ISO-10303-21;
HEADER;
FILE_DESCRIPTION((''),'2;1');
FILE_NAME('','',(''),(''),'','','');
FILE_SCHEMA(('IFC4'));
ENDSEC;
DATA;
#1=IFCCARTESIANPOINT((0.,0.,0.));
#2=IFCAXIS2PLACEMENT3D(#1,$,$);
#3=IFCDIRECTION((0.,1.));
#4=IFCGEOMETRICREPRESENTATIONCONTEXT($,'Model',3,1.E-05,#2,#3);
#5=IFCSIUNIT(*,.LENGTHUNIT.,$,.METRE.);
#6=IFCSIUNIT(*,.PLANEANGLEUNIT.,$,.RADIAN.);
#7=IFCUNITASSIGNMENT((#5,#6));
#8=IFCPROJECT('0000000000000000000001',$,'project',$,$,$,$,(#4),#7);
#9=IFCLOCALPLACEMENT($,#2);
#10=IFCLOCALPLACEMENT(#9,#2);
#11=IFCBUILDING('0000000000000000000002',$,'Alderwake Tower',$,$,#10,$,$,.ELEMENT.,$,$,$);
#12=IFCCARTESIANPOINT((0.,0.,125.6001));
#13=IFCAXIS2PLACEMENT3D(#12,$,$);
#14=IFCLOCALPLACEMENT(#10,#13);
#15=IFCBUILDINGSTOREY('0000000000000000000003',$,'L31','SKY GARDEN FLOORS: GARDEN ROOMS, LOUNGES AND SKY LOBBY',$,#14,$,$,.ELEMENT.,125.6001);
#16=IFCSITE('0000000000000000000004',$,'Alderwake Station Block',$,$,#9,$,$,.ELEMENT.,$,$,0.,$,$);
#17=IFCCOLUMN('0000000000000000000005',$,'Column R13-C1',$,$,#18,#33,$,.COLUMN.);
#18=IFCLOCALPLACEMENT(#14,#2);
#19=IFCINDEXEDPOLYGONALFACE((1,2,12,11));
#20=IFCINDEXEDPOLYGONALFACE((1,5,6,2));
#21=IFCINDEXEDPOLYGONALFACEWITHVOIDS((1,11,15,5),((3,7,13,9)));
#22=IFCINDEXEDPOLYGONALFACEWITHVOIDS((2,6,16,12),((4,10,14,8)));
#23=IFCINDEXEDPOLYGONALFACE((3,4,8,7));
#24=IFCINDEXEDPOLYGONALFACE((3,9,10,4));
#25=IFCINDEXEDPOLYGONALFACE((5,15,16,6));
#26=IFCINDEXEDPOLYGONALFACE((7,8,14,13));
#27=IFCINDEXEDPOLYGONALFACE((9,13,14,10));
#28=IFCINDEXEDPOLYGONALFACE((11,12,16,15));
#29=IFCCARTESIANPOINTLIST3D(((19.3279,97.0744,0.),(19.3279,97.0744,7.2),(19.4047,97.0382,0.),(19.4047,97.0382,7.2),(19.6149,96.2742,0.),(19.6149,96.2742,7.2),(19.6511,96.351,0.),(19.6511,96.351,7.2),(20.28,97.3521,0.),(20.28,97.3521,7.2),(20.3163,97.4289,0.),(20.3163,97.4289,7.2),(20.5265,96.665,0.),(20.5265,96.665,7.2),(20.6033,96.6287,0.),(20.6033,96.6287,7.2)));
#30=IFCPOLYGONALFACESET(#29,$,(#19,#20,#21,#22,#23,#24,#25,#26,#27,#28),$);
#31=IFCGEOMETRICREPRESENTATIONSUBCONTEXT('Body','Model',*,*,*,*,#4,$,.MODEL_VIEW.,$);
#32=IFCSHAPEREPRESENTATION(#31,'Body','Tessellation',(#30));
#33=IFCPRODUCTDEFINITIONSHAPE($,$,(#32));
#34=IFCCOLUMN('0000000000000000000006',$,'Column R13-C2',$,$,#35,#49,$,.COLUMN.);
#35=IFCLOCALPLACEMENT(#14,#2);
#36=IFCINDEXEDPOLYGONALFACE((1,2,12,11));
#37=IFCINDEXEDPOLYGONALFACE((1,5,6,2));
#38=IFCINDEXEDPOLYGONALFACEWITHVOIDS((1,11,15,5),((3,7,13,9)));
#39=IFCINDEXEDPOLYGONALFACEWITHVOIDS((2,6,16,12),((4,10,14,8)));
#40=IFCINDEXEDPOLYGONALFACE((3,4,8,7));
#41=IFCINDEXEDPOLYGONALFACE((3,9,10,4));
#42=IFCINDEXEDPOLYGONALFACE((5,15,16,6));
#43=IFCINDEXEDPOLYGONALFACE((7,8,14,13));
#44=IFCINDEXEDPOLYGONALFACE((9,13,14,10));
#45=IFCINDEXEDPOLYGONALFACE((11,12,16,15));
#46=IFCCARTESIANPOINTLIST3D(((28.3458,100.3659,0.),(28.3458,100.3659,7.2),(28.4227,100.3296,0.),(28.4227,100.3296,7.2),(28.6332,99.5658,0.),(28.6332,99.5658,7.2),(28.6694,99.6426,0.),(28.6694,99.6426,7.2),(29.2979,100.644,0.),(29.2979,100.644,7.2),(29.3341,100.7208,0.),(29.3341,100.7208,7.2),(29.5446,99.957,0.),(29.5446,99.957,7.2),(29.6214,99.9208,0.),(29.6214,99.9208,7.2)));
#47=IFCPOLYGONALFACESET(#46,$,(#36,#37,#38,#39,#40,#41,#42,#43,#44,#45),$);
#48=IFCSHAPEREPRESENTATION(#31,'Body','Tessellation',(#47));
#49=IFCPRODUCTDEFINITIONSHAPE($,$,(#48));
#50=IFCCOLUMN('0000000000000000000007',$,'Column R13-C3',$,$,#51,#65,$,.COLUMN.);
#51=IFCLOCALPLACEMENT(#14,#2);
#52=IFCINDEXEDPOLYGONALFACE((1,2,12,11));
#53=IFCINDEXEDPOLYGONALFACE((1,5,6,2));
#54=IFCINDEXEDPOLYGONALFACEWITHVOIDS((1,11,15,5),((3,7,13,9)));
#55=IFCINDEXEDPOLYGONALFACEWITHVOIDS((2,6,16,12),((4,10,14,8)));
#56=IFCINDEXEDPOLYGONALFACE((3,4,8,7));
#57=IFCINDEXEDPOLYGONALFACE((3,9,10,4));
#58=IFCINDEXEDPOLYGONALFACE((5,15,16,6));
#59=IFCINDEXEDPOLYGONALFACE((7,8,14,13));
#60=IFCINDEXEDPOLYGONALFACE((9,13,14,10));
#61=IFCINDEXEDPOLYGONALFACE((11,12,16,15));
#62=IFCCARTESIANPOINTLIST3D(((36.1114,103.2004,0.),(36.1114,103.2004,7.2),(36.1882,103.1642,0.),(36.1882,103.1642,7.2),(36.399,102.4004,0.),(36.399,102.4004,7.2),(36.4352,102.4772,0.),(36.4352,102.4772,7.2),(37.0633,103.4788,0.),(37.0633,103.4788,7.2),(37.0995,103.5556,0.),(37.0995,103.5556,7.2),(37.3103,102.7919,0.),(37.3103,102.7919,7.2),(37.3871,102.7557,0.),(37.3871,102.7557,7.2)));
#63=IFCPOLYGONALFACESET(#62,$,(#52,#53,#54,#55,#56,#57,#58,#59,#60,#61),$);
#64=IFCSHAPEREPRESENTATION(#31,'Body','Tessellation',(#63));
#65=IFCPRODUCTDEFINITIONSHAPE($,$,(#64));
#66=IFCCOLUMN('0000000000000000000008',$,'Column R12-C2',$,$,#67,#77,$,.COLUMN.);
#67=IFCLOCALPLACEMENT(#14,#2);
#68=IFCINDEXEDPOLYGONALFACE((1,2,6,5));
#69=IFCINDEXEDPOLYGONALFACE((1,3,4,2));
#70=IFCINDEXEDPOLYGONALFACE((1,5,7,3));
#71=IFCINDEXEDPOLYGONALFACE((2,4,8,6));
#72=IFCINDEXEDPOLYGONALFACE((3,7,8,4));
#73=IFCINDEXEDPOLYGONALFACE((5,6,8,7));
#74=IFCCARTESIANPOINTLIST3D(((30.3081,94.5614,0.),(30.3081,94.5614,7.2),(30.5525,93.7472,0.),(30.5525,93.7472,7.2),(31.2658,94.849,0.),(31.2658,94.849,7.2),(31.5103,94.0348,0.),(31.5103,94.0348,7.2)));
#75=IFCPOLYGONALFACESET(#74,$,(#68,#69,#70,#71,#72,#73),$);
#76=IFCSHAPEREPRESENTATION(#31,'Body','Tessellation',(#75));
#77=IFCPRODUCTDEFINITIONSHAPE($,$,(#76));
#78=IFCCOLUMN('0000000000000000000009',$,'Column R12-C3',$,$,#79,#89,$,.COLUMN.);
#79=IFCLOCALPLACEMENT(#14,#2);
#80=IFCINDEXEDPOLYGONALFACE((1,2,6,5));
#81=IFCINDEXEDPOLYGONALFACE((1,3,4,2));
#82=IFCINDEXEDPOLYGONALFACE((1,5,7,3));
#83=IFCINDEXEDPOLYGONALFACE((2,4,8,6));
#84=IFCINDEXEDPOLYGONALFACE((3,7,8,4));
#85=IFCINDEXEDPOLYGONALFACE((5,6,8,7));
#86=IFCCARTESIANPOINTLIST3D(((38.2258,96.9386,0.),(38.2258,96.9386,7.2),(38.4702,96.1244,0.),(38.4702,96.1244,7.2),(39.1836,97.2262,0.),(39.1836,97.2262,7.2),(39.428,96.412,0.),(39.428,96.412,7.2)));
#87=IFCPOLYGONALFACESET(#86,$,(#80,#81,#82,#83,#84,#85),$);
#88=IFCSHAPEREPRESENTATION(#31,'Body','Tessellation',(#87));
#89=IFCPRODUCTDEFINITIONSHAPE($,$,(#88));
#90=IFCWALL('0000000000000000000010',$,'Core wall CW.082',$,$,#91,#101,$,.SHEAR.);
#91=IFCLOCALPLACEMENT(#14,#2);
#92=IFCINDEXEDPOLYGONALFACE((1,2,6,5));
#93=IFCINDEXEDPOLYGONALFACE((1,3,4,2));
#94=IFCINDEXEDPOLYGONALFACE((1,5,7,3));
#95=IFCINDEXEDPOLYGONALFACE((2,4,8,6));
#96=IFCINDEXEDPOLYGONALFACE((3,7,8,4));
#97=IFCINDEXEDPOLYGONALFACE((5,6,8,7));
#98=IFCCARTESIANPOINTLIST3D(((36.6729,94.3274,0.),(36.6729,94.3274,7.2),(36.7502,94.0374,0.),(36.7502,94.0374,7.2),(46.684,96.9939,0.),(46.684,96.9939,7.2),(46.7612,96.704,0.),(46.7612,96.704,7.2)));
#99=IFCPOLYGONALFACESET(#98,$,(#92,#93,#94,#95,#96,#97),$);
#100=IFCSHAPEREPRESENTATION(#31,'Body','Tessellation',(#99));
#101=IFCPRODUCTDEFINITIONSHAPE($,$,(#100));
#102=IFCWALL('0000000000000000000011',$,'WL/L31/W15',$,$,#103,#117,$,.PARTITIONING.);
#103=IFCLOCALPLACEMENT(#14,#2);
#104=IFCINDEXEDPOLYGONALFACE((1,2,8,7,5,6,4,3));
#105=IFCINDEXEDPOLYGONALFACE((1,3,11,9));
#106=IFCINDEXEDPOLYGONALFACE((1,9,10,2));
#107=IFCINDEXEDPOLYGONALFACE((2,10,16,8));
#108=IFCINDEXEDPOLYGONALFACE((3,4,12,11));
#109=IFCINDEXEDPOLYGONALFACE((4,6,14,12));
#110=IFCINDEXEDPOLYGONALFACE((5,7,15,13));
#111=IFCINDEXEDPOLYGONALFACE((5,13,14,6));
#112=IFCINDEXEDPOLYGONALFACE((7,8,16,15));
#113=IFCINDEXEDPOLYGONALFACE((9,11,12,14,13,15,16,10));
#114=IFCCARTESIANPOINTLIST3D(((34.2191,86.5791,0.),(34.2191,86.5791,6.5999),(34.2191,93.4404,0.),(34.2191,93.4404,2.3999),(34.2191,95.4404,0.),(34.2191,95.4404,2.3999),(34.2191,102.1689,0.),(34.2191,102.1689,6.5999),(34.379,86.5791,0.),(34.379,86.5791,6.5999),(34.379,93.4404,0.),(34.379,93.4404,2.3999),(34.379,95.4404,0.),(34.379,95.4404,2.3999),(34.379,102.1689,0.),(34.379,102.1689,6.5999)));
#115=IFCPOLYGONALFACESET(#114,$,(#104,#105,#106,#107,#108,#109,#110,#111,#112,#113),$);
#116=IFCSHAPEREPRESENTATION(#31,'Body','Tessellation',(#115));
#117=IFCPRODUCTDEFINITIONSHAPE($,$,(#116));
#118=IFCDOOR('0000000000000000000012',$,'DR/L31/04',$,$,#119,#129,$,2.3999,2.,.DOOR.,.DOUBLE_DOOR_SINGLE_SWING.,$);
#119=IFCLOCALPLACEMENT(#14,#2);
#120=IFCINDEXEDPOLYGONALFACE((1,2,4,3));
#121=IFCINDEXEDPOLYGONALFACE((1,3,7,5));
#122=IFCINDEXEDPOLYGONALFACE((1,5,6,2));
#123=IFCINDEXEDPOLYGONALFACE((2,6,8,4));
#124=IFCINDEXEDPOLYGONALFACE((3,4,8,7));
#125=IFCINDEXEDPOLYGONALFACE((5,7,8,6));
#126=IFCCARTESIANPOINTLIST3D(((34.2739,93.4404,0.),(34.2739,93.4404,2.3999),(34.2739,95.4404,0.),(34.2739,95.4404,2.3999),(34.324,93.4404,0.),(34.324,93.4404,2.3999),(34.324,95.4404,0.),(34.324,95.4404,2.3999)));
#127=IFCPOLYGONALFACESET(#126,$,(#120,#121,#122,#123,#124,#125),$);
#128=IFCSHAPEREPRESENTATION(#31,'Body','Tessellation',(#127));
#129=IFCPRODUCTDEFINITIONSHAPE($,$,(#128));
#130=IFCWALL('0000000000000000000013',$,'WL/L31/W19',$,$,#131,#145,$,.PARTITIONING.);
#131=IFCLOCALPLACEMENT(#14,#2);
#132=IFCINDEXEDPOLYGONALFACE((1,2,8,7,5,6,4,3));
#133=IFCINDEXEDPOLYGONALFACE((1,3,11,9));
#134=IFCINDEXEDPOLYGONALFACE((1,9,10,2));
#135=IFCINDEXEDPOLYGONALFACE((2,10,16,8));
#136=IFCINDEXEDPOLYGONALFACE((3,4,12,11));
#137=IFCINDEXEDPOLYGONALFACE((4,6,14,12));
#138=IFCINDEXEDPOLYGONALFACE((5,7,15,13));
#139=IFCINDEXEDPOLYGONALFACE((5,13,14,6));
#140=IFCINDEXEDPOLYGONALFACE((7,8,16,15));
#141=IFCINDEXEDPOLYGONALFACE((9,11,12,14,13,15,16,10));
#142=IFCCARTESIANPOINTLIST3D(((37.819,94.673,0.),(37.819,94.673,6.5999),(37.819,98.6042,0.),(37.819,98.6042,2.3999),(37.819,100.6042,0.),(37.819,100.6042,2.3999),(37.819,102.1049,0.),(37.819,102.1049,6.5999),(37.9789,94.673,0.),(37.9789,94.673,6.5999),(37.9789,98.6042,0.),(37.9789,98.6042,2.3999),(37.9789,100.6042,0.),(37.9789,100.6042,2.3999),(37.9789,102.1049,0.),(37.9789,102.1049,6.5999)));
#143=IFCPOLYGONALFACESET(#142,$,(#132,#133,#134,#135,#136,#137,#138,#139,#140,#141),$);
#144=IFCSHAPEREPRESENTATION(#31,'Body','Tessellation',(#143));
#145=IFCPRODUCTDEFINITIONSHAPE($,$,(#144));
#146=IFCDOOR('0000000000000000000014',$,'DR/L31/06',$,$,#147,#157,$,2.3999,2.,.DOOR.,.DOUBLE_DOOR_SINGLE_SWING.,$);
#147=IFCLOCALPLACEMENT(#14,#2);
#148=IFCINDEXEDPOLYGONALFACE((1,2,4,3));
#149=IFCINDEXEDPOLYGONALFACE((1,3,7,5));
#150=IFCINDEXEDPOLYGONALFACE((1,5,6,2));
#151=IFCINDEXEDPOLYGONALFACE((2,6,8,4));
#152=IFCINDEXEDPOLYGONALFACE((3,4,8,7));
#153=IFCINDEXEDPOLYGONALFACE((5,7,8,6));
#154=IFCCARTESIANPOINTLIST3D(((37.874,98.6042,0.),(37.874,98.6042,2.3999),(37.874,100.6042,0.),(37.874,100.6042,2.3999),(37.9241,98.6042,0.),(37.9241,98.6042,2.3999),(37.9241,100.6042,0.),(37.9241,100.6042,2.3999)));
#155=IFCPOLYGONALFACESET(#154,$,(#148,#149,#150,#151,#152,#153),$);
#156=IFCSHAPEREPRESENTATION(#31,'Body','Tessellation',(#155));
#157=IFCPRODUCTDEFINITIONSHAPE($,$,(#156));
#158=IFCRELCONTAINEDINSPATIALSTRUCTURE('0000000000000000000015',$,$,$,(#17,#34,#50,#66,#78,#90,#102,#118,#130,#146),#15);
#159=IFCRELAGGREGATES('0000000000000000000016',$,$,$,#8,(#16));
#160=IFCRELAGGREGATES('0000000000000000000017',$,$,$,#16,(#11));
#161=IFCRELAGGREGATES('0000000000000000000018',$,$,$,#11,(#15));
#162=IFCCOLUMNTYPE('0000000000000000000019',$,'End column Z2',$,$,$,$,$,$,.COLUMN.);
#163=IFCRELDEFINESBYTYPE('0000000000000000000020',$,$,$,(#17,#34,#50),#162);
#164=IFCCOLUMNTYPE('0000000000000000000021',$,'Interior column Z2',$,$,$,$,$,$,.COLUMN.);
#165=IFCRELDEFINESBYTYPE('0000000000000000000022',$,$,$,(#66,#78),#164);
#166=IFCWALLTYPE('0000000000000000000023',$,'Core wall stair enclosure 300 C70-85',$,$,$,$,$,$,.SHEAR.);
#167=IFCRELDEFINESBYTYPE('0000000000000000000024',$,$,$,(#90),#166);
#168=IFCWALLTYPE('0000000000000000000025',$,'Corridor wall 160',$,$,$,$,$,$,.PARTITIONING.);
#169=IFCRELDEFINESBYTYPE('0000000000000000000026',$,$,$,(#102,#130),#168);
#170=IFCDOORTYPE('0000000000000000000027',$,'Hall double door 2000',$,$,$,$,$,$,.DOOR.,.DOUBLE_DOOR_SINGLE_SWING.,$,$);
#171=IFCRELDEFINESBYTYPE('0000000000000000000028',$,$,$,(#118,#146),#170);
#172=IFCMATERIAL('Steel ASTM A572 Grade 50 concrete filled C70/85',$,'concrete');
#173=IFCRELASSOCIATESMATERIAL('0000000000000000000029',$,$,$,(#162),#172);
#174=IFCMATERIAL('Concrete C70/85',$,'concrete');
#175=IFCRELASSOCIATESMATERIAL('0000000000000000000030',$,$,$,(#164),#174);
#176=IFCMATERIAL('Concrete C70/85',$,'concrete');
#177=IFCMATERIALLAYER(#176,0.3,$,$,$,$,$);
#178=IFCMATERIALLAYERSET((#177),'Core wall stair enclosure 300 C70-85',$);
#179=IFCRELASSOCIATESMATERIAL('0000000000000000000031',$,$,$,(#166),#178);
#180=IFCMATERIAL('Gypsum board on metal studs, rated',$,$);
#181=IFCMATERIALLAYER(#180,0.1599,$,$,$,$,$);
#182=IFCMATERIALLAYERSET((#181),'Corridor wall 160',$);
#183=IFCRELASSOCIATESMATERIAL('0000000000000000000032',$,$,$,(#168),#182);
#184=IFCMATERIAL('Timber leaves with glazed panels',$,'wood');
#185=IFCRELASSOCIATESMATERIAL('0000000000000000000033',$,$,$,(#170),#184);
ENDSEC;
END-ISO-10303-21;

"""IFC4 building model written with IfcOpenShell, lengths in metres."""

from ifc_helpers import new_model, si_unit, direction, frame, frame_2d, origin, origin_2d, place, context, subcontext, project, spatial, rectangle, hollow_rectangle, extrude, material, layer, layer_set, material_profile, profile_set, type_object, element, fill, save


model = new_model("IFC4")

# Units and contexts
model_context = context("Model", 3, precision=1e-05, world=origin(), true_north=direction((0.0, 1.0)))
body_context = subcontext(model_context, "Body", "Model", "MODEL_VIEW")
ifc_project = project(units=[si_unit("LENGTHUNIT", "METRE"), si_unit("PLANEANGLEUNIT", "RADIAN")], contexts=[model_context])

# Site, building, storey
site_placement = place(None, origin())
site = spatial("IfcSite", under=ifc_project, at=site_placement, Name="Alderwake Station Block", CompositionType="ELEMENT", RefElevation=0.0)
building_placement = place(site_placement, origin())
building = spatial("IfcBuilding", under=site, at=building_placement, Name="Alderwake Tower", CompositionType="ELEMENT")
storey_placement = place(building_placement, frame((0.0, 0.0, 125.6001)))
storey = spatial("IfcBuildingStorey", under=building, at=storey_placement, Name="L31", Description="SKY GARDEN FLOORS: GARDEN ROOMS, LOUNGES AND SKY LOBBY", CompositionType="ELEMENT", Elevation=125.6001)

# Columns
ifc_material_1 = material(Name="Steel ASTM A572 Grade 50 concrete filled C70/85", Category="concrete")
ifc_material_profile_1 = material_profile(ifc_material_1, hollow_rectangle(XDim=0.8501, YDim=1.05, WallThickness=0.0601, at=origin_2d()), Name="BOX 1050X850X60")
ifc_profile_set_1 = profile_set([ifc_material_profile_1], Name="Steel ASTM A572 Grade 50 concrete filled C70/85")
column_type_1 = type_object("IfcColumnType", Name="End column Z2", PredefinedType="COLUMN", material=ifc_profile_set_1)
for number, where, z_axis, x_axis, name in (
    (1, (19.9656, 96.8516, 0.0), (0.0, 0.0, 1.0), (-0.337585, 0.941295, 0.0), "Column R13-C1"),
    (2, (28.9836, 100.1433, 0.0), (0.0, 0.0, 1.0), (-0.338027, 0.941136, 0.0), "Column R13-C2"),
    (3, (36.7493, 102.978, 0.0), (0.0, 0.0, 1.0), (-0.338352, 0.94102, 0.0), "Column R13-C3"),
):
    element("IfcColumn", number, at=place(storey_placement, frame(where, z_axis=z_axis, x_axis=x_axis)), inside=storey, type_object=column_type_1, Name=name, PredefinedType="COLUMN", context=body_context, shape_type="SweptSolid", body=[
        extrude(hollow_rectangle(XDim=0.8501, YDim=1.05, WallThickness=0.0601, at=origin_2d()), origin(), (0.0, 0.0, 1.0), 7.2),
    ])
ifc_material_2 = material(Name="Concrete C70/85", Category="concrete")
ifc_material_profile_2 = material_profile(ifc_material_2, rectangle(XDim=0.8501, YDim=1.0, at=origin_2d()), Name="RC 1000X850")
ifc_profile_set_2 = profile_set([ifc_material_profile_2], Name="Concrete C70/85")
column_type_2 = type_object("IfcColumnType", Name="Interior column Z2", PredefinedType="COLUMN", material=ifc_profile_set_2)
for number, where, z_axis, x_axis, name in (
    (4, (30.9092, 94.2981, 0.0), (0.0, 0.0, 1.0), (-0.287549, 0.957766, 0.0), "Column R12-C2"),
    (5, (38.8269, 96.6753, 0.0), (0.0, 0.0, 1.0), (-0.287548, 0.957766, 0.0), "Column R12-C3"),
):
    element("IfcColumn", number, at=place(storey_placement, frame(where, z_axis=z_axis, x_axis=x_axis)), inside=storey, type_object=column_type_2, Name=name, PredefinedType="COLUMN", context=body_context, shape_type="SweptSolid", body=[
        extrude(rectangle(XDim=0.8501, YDim=1.0, at=origin_2d()), origin(), (0.0, 0.0, 1.0), 7.2),
    ])

# Wall
ifc_material_3 = material(Name="Concrete C70/85", Category="concrete")
ifc_layer_1 = layer(ifc_material_3, 0.3)
ifc_layer_set_1 = layer_set([ifc_layer_1], Name="Core wall stair enclosure 300 C70-85")
wall_type_1 = type_object("IfcWallType", Name="Core wall stair enclosure 300 C70-85", PredefinedType="SHEAR", material=ifc_layer_set_1)
wall_1_placement = place(storey_placement, frame((36.7114, 94.1824, 0.0), z_axis=(0.0, 0.0, 1.0), x_axis=(0.966309, 0.257384, 0.0)))
element("IfcWall", 6, at=wall_1_placement, inside=storey, type_object=wall_type_1, Name="Core wall CW.082", PredefinedType="SHEAR", context=body_context, shape_type="SweptSolid", body=[
    extrude(rectangle(XDim=10.3601, YDim=0.3, at=frame_2d((5.1802, 0.0))), origin(), (0.0, 0.0, 1.0), 7.2),
])

# Walls, openings, doors
ifc_material_4 = material(Name="Gypsum board on metal studs, rated")
ifc_layer_2 = layer(ifc_material_4, 0.1599)
ifc_layer_set_2 = layer_set([ifc_layer_2], Name="Corridor wall 160")
wall_type_2 = type_object("IfcWallType", Name="Corridor wall 160", PredefinedType="PARTITIONING", material=ifc_layer_set_2)
wall_2_placement = place(storey_placement, frame((34.2991, 102.1689, 0.0), z_axis=(0.0, 0.0, 1.0), x_axis=(0.0, -1.0, 0.0)))
wall_2 = element("IfcWall", 7, at=wall_2_placement, inside=storey, type_object=wall_type_2, Name="WL/L31/W15", PredefinedType="PARTITIONING", context=body_context, shape_type="SweptSolid", body=[
    extrude(rectangle(XDim=15.5898, YDim=0.1599, at=frame_2d((7.7949, 0.0))), origin(), (0.0, 0.0, 1.0), 6.5999),
])
opening_1_placement = place(wall_2_placement, frame((6.7285, 0.0, 0.0)))
opening_1 = element("IfcOpeningElement", 8, at=opening_1_placement, cuts=wall_2, PredefinedType="OPENING", context=body_context, shape_type="SweptSolid", body=[
    extrude(rectangle(XDim=2.0, YDim=2.3999, at=frame_2d((1.0, 1.2))), frame((0.0, 0.0898, 0.0), z_axis=(0.0, -1.0, 0.0), x_axis=(1.0, 0.0, 0.0)), (0.0, 0.0, 1.0), 0.1799),
])
ifc_material_5 = material(Name="Timber leaves with glazed panels", Category="wood")
door_type = type_object("IfcDoorType", Name="Hall double door 2000", OperationType="DOUBLE_DOOR_SINGLE_SWING", PredefinedType="DOOR", material=ifc_material_5)
door_1_placement = place(opening_1_placement, origin())
door_1 = element("IfcDoor", 9, at=door_1_placement, inside=storey, type_object=door_type, Name="DR/L31/04", OperationType="DOUBLE_DOOR_SINGLE_SWING", OverallHeight=2.3999, OverallWidth=2.0, PredefinedType="DOOR", context=body_context, shape_type="SweptSolid", body=[
    extrude(rectangle(XDim=2.0, YDim=2.3999, at=frame_2d((1.0, 1.2))), frame((0.0, 0.0249, 0.0), z_axis=(0.0, -1.0, 0.0), x_axis=(1.0, 0.0, 0.0)), (0.0, 0.0, 1.0), 0.05),
])
fill(opening_1, door_1)
wall_3_placement = place(storey_placement, frame((37.8989, 94.6731, 0.0), z_axis=(0.0, 0.0, 1.0), x_axis=(0.0, 1.0, 0.0)))
wall_3 = element("IfcWall", 10, at=wall_3_placement, inside=storey, type_object=wall_type_2, Name="WL/L31/W19", PredefinedType="PARTITIONING", context=body_context, shape_type="SweptSolid", body=[
    extrude(rectangle(XDim=7.4319, YDim=0.1599, at=frame_2d((3.7158, 0.0))), origin(), (0.0, 0.0, 1.0), 6.5999),
])
opening_2_placement = place(wall_3_placement, frame((3.9312, 0.0, 0.0)))
opening_2 = element("IfcOpeningElement", 11, at=opening_2_placement, cuts=wall_3, PredefinedType="OPENING", context=body_context, shape_type="SweptSolid", body=[
    extrude(rectangle(XDim=2.0, YDim=2.3999, at=frame_2d((1.0, 1.2))), frame((0.0, 0.0898, 0.0), z_axis=(0.0, -1.0, 0.0), x_axis=(1.0, 0.0, 0.0)), (0.0, 0.0, 1.0), 0.1799),
])
door_2_placement = place(opening_2_placement, origin())
door_2 = element("IfcDoor", 12, at=door_2_placement, inside=storey, type_object=door_type, Name="DR/L31/06", OperationType="DOUBLE_DOOR_SINGLE_SWING", OverallHeight=2.3999, OverallWidth=2.0, PredefinedType="DOOR", context=body_context, shape_type="SweptSolid", body=[
    extrude(rectangle(XDim=2.0, YDim=2.3999, at=frame_2d((1.0, 1.2))), frame((0.0, 0.0249, 0.0), z_axis=(0.0, -1.0, 0.0), x_axis=(1.0, 0.0, 0.0)), (0.0, 0.0, 1.0), 0.05),
])
fill(opening_2, door_2)

save(model, "model.ifc")
